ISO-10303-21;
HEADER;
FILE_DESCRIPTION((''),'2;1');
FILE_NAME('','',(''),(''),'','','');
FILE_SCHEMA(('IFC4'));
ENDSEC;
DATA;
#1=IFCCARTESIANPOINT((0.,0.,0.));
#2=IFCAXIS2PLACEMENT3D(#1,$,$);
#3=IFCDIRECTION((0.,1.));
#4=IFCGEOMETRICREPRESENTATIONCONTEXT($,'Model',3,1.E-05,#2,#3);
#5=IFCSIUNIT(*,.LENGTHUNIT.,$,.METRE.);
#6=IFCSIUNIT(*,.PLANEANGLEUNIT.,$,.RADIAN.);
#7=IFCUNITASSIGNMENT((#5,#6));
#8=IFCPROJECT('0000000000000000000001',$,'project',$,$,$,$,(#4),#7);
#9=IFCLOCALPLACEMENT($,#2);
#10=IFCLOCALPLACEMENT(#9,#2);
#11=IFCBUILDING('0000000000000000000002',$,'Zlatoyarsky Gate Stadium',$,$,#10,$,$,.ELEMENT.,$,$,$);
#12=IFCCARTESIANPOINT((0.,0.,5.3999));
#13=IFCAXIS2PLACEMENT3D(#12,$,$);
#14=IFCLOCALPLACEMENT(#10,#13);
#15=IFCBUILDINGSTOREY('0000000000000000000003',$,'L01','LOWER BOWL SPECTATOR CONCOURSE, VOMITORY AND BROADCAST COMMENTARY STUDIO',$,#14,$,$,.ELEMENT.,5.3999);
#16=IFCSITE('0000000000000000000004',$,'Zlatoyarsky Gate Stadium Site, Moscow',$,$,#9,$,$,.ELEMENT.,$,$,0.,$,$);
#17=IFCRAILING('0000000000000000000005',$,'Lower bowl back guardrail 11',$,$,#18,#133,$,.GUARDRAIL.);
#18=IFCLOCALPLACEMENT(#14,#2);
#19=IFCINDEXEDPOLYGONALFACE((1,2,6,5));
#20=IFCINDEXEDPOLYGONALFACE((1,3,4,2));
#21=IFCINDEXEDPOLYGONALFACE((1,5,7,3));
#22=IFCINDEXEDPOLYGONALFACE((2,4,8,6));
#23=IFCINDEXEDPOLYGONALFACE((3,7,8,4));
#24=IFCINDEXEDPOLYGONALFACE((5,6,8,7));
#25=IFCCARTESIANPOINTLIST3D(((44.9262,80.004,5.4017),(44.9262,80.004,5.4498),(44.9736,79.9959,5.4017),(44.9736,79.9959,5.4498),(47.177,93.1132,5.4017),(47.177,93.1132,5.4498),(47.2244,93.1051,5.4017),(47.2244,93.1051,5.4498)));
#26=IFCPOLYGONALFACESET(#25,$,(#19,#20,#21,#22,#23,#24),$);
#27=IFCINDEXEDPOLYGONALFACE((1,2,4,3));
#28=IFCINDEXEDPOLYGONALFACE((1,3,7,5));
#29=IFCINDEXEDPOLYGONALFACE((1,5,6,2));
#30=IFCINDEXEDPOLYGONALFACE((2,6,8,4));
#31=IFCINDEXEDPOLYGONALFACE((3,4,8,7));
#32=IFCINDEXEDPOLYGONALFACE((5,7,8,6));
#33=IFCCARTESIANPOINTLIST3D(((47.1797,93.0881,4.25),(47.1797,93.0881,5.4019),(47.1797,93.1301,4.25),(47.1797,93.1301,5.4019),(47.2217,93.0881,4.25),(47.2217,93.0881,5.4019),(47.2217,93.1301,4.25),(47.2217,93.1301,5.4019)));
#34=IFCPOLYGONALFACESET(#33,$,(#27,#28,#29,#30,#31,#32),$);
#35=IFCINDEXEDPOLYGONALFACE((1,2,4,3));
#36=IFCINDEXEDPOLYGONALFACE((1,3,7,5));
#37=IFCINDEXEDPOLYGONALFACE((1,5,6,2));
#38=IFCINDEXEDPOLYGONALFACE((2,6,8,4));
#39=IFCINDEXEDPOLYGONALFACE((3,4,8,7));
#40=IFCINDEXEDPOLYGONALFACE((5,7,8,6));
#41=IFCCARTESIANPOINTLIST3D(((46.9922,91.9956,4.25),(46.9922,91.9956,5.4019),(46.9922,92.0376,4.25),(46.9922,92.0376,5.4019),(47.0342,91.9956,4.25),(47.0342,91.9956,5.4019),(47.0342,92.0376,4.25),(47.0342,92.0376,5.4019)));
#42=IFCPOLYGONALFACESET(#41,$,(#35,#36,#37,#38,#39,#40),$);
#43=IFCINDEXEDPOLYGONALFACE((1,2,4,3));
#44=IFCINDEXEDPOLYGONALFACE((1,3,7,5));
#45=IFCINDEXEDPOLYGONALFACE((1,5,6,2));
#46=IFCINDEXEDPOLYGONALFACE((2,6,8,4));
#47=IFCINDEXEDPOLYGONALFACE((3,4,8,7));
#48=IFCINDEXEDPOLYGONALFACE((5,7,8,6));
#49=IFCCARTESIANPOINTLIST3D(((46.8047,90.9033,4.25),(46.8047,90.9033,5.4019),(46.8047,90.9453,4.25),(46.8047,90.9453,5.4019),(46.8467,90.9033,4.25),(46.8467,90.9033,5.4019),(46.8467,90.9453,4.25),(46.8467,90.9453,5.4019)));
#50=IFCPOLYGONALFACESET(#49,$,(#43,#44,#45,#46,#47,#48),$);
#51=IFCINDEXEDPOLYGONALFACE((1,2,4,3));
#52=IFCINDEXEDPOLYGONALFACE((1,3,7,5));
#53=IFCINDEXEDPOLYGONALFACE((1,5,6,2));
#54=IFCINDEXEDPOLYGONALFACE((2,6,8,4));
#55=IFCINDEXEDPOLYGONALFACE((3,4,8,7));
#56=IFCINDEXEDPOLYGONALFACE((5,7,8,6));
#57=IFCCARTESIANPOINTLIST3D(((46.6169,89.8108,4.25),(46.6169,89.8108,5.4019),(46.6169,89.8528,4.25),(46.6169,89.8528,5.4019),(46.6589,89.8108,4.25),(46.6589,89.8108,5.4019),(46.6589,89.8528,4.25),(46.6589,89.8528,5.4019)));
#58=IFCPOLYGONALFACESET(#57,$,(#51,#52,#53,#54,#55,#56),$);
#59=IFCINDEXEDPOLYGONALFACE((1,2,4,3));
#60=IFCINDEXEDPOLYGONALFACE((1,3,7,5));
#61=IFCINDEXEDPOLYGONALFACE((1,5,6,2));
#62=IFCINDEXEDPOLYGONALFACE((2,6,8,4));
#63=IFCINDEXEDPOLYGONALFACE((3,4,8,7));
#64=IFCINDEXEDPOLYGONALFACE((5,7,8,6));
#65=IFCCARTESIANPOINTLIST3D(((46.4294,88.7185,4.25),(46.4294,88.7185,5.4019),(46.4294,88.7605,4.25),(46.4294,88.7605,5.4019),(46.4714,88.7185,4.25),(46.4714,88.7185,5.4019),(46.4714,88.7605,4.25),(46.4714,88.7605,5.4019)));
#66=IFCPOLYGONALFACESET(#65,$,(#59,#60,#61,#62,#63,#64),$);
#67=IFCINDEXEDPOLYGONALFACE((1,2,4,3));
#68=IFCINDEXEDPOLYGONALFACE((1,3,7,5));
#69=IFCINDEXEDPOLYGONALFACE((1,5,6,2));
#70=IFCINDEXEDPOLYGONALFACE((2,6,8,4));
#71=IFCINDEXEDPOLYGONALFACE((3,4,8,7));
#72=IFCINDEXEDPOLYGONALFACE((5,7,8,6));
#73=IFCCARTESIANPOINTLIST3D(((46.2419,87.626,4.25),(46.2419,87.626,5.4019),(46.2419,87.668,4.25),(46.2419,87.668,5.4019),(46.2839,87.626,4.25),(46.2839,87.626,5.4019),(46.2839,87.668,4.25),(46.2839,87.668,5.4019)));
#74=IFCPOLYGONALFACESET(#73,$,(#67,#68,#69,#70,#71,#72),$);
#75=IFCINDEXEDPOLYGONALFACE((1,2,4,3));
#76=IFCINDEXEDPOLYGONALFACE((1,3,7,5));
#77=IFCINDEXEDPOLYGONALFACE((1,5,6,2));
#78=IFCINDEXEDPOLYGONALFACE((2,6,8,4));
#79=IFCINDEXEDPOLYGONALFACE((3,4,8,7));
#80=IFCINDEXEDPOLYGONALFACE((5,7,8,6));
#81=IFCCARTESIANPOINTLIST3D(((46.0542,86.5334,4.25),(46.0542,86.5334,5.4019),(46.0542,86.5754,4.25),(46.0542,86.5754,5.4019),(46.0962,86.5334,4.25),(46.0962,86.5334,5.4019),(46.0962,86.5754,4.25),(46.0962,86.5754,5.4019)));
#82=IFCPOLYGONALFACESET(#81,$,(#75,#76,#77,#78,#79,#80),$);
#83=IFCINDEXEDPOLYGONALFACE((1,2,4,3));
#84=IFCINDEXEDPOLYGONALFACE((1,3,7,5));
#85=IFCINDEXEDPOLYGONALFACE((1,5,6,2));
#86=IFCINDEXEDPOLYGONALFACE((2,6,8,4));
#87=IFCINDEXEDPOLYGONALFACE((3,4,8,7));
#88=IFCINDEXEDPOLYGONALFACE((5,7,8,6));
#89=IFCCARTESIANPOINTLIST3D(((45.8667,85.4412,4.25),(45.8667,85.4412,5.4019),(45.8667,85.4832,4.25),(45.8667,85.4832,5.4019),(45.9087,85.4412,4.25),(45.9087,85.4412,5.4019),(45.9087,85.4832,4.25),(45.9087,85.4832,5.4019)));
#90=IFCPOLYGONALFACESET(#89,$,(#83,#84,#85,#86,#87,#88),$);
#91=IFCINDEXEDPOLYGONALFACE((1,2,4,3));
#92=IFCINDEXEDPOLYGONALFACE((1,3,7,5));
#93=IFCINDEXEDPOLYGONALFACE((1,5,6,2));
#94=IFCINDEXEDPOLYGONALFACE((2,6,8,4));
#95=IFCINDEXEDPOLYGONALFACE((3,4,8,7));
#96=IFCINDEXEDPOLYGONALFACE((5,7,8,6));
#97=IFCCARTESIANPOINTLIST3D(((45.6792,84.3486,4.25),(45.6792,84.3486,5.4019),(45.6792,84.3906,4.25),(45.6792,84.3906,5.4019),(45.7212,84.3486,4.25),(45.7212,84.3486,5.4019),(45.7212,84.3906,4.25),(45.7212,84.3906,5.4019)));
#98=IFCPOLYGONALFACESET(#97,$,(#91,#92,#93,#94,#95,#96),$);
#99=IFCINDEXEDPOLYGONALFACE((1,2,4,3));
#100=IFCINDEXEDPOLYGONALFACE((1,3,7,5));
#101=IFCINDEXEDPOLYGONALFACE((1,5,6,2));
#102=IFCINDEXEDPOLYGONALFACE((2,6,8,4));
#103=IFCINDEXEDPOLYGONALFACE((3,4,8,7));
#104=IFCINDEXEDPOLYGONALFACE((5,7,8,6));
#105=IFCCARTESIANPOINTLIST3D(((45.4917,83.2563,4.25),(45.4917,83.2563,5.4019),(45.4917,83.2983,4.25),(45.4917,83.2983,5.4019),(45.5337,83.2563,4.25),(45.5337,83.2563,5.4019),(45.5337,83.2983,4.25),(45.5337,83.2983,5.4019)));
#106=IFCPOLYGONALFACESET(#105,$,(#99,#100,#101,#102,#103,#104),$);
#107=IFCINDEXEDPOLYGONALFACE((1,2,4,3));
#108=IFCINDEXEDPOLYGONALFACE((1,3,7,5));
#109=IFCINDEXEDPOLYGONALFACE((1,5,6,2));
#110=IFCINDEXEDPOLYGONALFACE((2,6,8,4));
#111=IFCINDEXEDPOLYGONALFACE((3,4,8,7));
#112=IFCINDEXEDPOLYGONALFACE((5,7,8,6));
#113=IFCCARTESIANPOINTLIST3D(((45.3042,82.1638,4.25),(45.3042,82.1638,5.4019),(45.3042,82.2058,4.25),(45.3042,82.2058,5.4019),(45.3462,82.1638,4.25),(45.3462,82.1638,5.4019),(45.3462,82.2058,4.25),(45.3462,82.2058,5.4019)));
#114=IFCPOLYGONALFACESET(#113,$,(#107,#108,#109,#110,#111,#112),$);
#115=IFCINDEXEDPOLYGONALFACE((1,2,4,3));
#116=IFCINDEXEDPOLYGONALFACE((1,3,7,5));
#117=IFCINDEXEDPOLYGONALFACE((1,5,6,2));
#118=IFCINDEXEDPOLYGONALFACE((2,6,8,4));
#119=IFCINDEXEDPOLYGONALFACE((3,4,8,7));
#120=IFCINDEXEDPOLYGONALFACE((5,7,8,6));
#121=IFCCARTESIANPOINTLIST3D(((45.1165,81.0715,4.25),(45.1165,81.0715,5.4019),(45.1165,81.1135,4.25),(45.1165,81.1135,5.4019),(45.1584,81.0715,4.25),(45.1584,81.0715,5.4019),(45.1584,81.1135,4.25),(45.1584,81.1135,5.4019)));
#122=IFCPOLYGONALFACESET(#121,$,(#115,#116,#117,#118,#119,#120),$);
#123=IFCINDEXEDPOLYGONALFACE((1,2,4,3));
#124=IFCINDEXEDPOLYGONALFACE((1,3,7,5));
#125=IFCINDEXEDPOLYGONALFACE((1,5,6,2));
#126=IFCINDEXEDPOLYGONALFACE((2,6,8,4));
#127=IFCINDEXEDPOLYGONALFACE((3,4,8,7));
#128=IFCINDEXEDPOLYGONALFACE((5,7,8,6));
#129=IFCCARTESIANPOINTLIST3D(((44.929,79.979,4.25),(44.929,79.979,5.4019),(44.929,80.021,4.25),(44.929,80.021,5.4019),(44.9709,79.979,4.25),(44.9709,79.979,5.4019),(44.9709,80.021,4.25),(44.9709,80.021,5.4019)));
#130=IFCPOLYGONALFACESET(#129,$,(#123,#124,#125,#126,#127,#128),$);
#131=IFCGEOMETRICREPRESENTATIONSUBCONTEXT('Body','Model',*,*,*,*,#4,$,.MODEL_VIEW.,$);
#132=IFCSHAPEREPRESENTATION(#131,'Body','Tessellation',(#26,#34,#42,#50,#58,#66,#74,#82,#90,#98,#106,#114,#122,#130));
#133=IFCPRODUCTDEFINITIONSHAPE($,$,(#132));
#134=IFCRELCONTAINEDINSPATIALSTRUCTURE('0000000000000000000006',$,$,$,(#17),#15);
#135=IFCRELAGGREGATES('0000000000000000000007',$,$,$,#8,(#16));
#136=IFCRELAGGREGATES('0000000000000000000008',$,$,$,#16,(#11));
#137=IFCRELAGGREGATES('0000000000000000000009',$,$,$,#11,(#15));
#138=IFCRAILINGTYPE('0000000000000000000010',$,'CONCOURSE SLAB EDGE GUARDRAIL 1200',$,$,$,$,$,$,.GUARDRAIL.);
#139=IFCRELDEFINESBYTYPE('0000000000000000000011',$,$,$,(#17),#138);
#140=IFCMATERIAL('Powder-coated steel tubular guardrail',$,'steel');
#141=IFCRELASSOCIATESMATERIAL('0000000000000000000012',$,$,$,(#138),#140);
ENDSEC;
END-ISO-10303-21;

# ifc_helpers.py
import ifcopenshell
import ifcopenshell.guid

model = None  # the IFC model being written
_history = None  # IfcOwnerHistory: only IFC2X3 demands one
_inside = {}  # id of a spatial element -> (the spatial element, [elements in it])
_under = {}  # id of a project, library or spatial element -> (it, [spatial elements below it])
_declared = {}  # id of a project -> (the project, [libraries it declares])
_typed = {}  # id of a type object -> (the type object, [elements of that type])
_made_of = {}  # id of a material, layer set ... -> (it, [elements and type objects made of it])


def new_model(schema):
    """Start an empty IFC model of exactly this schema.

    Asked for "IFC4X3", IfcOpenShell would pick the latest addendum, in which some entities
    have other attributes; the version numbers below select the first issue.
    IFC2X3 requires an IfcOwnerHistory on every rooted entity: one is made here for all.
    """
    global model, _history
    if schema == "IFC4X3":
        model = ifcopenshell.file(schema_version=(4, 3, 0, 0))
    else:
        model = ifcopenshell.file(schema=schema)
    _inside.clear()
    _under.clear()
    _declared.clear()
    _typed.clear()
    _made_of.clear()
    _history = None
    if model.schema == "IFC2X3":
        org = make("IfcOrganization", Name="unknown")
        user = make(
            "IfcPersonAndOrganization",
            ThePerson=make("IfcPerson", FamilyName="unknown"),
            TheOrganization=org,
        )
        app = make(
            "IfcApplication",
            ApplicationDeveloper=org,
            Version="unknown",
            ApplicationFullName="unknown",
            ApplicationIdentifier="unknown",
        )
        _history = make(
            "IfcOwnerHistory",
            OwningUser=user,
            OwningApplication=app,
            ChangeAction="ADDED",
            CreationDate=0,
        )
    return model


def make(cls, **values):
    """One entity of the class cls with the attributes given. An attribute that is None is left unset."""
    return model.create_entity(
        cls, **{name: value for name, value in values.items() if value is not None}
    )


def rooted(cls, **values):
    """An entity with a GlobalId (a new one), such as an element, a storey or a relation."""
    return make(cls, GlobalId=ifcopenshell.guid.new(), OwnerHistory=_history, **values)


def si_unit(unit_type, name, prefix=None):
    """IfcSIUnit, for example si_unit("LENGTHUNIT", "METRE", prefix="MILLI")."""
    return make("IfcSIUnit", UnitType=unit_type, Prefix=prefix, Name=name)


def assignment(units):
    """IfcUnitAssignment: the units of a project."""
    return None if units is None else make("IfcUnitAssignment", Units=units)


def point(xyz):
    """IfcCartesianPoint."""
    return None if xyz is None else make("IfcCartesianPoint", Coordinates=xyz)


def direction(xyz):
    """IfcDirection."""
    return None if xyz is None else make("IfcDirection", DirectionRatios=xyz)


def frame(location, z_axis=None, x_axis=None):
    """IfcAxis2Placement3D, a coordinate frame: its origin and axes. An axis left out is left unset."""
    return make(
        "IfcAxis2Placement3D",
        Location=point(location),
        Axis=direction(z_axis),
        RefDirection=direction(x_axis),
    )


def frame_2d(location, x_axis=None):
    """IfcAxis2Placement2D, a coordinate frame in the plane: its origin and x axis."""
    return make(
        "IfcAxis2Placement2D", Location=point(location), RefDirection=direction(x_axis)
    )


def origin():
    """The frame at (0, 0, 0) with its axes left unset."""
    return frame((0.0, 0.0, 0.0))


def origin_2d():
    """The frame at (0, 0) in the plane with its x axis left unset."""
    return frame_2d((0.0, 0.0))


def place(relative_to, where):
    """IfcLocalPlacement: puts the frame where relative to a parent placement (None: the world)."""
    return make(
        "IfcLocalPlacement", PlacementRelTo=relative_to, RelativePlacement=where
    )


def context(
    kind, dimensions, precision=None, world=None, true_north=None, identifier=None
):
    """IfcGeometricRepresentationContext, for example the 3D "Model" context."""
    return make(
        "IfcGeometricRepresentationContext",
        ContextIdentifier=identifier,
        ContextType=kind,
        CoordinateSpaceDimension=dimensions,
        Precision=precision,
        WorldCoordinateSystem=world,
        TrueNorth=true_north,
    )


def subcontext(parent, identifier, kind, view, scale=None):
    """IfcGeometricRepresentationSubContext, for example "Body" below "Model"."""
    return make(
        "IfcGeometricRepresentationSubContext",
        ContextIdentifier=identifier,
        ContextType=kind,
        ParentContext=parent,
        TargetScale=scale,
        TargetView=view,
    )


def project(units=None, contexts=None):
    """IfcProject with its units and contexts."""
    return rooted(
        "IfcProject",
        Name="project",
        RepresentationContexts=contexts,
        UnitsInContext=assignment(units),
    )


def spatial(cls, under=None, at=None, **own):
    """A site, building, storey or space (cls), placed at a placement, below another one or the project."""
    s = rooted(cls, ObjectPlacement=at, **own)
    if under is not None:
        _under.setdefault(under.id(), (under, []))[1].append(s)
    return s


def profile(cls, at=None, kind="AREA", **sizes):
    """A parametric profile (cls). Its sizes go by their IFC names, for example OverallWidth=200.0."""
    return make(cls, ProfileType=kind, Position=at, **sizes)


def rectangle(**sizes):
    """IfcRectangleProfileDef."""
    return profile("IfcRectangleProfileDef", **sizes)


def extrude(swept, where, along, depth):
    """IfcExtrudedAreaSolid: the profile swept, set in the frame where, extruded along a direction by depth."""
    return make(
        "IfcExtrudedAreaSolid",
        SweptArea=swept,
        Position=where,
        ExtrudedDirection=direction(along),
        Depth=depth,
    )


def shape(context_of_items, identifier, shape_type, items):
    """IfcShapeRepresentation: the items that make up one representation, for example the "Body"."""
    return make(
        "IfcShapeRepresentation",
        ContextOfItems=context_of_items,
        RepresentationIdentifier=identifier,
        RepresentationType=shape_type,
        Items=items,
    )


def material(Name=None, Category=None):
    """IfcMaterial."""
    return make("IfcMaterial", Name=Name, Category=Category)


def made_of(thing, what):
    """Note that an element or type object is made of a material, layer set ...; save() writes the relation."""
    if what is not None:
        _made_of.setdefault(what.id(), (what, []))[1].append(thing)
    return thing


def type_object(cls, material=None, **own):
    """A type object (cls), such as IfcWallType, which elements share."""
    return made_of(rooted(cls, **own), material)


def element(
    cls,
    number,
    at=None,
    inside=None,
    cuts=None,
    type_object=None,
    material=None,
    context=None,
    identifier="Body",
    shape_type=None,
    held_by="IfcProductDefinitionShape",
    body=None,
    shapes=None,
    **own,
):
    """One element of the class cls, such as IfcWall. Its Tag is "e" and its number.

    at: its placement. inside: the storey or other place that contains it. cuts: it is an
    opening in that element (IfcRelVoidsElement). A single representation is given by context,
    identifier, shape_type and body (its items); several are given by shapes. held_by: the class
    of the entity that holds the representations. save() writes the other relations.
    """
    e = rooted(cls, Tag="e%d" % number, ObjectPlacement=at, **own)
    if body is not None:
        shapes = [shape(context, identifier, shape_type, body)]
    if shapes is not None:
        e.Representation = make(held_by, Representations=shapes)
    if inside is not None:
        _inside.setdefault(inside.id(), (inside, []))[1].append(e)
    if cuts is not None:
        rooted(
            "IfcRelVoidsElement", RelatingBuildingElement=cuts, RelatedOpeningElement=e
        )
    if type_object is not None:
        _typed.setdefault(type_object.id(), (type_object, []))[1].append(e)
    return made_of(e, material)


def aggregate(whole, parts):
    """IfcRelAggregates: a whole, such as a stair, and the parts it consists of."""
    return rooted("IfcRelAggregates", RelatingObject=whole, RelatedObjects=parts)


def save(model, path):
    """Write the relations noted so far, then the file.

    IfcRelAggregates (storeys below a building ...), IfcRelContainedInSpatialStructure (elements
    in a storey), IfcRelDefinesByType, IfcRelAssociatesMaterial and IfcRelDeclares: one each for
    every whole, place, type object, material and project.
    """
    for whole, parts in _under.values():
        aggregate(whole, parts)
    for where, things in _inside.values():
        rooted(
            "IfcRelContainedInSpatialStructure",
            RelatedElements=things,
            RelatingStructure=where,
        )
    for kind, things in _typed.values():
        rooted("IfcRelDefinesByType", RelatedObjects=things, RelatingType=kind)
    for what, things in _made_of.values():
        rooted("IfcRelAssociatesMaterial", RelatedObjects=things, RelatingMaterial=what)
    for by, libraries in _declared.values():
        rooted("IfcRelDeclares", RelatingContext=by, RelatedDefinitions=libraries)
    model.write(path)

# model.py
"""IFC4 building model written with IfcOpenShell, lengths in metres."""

from ifc_helpers import new_model, si_unit, direction, frame, origin, origin_2d, place, context, subcontext, project, spatial, rectangle, extrude, material, type_object, element, save


model = new_model("IFC4")

# Units and contexts
model_context = context("Model", 3, precision=1e-05, world=origin(), true_north=direction((0.0, 1.0)))
body_context = subcontext(model_context, "Body", "Model", "MODEL_VIEW")
ifc_project = project(units=[si_unit("LENGTHUNIT", "METRE"), si_unit("PLANEANGLEUNIT", "RADIAN")], contexts=[model_context])

# Site, building, storey
site_placement = place(None, origin())
site = spatial("IfcSite", under=ifc_project, at=site_placement, Name="Zlatoyarsky Gate Stadium Site, Moscow", CompositionType="ELEMENT", RefElevation=0.0)
building_placement = place(site_placement, origin())
building = spatial("IfcBuilding", under=site, at=building_placement, Name="Zlatoyarsky Gate Stadium", CompositionType="ELEMENT")
storey_placement = place(building_placement, frame((0.0, 0.0, 5.3999)))
storey = spatial("IfcBuildingStorey", under=building, at=storey_placement, Name="L01", Description="LOWER BOWL SPECTATOR CONCOURSE, VOMITORY AND BROADCAST COMMENTARY STUDIO", CompositionType="ELEMENT", Elevation=5.3999)

# Railing
ifc_material_1 = material(Name="Powder-coated steel tubular guardrail", Category="steel")
railing_type_1 = type_object("IfcRailingType", Name="CONCOURSE SLAB EDGE GUARDRAIL 1200", PredefinedType="GUARDRAIL", material=ifc_material_1)
railing_1_placement = place(storey_placement, frame((47.2007, 93.1091, 4.25)))
element("IfcRailing", 1, at=railing_1_placement, inside=storey, type_object=railing_type_1, Name="Lower bowl back guardrail 11", PredefinedType="GUARDRAIL", context=body_context, shape_type="SweptSolid", body=[
    extrude(rectangle(XDim=0.0481, YDim=0.0481, at=origin_2d()), frame((0.0, 0.0, 1.1758), z_axis=(-0.169216, -0.985579, 0.0), x_axis=(0.985579, -0.169216, 0.0)), (0.0, 0.0, 1.0), 13.301),
    extrude(rectangle(XDim=0.042, YDim=0.042, at=origin_2d()), origin(), (0.0, 0.0, 1.0), 1.1519),
    extrude(rectangle(XDim=0.042, YDim=0.042, at=origin_2d()), frame((-0.1875, -1.0925, 0.0)), (0.0, 0.0, 1.0), 1.1519),
    extrude(rectangle(XDim=0.042, YDim=0.042, at=origin_2d()), frame((-0.375, -2.1848, 0.0)), (0.0, 0.0, 1.0), 1.1519),
    extrude(rectangle(XDim=0.042, YDim=0.042, at=origin_2d()), frame((-0.5627, -3.2773, 0.0)), (0.0, 0.0, 1.0), 1.1519),
    extrude(rectangle(XDim=0.042, YDim=0.042, at=origin_2d()), frame((-0.7502, -4.3696, 0.0)), (0.0, 0.0, 1.0), 1.1519),
    extrude(rectangle(XDim=0.042, YDim=0.042, at=origin_2d()), frame((-0.9377, -5.4622, 0.0)), (0.0, 0.0, 1.0), 1.1519),
    extrude(rectangle(XDim=0.042, YDim=0.042, at=origin_2d()), frame((-1.1255, -6.5547, 0.0)), (0.0, 0.0, 1.0), 1.1519),
    extrude(rectangle(XDim=0.042, YDim=0.042, at=origin_2d()), frame((-1.313, -7.647, 0.0)), (0.0, 0.0, 1.0), 1.1519),
    extrude(rectangle(XDim=0.042, YDim=0.042, at=origin_2d()), frame((-1.5005, -8.7395, 0.0)), (0.0, 0.0, 1.0), 1.1519),
    extrude(rectangle(XDim=0.042, YDim=0.042, at=origin_2d()), frame((-1.688, -9.8318, 0.0)), (0.0, 0.0, 1.0), 1.1519),
    extrude(rectangle(XDim=0.042, YDim=0.042, at=origin_2d()), frame((-1.8755, -10.9243, 0.0)), (0.0, 0.0, 1.0), 1.1519),
    extrude(rectangle(XDim=0.042, YDim=0.042, at=origin_2d()), frame((-2.0632, -12.0166, 0.0)), (0.0, 0.0, 1.0), 1.1519),
    extrude(rectangle(XDim=0.042, YDim=0.042, at=origin_2d()), frame((-2.2507, -13.1091, 0.0)), (0.0, 0.0, 1.0), 1.1519),
])

save(model, "model.ifc")
